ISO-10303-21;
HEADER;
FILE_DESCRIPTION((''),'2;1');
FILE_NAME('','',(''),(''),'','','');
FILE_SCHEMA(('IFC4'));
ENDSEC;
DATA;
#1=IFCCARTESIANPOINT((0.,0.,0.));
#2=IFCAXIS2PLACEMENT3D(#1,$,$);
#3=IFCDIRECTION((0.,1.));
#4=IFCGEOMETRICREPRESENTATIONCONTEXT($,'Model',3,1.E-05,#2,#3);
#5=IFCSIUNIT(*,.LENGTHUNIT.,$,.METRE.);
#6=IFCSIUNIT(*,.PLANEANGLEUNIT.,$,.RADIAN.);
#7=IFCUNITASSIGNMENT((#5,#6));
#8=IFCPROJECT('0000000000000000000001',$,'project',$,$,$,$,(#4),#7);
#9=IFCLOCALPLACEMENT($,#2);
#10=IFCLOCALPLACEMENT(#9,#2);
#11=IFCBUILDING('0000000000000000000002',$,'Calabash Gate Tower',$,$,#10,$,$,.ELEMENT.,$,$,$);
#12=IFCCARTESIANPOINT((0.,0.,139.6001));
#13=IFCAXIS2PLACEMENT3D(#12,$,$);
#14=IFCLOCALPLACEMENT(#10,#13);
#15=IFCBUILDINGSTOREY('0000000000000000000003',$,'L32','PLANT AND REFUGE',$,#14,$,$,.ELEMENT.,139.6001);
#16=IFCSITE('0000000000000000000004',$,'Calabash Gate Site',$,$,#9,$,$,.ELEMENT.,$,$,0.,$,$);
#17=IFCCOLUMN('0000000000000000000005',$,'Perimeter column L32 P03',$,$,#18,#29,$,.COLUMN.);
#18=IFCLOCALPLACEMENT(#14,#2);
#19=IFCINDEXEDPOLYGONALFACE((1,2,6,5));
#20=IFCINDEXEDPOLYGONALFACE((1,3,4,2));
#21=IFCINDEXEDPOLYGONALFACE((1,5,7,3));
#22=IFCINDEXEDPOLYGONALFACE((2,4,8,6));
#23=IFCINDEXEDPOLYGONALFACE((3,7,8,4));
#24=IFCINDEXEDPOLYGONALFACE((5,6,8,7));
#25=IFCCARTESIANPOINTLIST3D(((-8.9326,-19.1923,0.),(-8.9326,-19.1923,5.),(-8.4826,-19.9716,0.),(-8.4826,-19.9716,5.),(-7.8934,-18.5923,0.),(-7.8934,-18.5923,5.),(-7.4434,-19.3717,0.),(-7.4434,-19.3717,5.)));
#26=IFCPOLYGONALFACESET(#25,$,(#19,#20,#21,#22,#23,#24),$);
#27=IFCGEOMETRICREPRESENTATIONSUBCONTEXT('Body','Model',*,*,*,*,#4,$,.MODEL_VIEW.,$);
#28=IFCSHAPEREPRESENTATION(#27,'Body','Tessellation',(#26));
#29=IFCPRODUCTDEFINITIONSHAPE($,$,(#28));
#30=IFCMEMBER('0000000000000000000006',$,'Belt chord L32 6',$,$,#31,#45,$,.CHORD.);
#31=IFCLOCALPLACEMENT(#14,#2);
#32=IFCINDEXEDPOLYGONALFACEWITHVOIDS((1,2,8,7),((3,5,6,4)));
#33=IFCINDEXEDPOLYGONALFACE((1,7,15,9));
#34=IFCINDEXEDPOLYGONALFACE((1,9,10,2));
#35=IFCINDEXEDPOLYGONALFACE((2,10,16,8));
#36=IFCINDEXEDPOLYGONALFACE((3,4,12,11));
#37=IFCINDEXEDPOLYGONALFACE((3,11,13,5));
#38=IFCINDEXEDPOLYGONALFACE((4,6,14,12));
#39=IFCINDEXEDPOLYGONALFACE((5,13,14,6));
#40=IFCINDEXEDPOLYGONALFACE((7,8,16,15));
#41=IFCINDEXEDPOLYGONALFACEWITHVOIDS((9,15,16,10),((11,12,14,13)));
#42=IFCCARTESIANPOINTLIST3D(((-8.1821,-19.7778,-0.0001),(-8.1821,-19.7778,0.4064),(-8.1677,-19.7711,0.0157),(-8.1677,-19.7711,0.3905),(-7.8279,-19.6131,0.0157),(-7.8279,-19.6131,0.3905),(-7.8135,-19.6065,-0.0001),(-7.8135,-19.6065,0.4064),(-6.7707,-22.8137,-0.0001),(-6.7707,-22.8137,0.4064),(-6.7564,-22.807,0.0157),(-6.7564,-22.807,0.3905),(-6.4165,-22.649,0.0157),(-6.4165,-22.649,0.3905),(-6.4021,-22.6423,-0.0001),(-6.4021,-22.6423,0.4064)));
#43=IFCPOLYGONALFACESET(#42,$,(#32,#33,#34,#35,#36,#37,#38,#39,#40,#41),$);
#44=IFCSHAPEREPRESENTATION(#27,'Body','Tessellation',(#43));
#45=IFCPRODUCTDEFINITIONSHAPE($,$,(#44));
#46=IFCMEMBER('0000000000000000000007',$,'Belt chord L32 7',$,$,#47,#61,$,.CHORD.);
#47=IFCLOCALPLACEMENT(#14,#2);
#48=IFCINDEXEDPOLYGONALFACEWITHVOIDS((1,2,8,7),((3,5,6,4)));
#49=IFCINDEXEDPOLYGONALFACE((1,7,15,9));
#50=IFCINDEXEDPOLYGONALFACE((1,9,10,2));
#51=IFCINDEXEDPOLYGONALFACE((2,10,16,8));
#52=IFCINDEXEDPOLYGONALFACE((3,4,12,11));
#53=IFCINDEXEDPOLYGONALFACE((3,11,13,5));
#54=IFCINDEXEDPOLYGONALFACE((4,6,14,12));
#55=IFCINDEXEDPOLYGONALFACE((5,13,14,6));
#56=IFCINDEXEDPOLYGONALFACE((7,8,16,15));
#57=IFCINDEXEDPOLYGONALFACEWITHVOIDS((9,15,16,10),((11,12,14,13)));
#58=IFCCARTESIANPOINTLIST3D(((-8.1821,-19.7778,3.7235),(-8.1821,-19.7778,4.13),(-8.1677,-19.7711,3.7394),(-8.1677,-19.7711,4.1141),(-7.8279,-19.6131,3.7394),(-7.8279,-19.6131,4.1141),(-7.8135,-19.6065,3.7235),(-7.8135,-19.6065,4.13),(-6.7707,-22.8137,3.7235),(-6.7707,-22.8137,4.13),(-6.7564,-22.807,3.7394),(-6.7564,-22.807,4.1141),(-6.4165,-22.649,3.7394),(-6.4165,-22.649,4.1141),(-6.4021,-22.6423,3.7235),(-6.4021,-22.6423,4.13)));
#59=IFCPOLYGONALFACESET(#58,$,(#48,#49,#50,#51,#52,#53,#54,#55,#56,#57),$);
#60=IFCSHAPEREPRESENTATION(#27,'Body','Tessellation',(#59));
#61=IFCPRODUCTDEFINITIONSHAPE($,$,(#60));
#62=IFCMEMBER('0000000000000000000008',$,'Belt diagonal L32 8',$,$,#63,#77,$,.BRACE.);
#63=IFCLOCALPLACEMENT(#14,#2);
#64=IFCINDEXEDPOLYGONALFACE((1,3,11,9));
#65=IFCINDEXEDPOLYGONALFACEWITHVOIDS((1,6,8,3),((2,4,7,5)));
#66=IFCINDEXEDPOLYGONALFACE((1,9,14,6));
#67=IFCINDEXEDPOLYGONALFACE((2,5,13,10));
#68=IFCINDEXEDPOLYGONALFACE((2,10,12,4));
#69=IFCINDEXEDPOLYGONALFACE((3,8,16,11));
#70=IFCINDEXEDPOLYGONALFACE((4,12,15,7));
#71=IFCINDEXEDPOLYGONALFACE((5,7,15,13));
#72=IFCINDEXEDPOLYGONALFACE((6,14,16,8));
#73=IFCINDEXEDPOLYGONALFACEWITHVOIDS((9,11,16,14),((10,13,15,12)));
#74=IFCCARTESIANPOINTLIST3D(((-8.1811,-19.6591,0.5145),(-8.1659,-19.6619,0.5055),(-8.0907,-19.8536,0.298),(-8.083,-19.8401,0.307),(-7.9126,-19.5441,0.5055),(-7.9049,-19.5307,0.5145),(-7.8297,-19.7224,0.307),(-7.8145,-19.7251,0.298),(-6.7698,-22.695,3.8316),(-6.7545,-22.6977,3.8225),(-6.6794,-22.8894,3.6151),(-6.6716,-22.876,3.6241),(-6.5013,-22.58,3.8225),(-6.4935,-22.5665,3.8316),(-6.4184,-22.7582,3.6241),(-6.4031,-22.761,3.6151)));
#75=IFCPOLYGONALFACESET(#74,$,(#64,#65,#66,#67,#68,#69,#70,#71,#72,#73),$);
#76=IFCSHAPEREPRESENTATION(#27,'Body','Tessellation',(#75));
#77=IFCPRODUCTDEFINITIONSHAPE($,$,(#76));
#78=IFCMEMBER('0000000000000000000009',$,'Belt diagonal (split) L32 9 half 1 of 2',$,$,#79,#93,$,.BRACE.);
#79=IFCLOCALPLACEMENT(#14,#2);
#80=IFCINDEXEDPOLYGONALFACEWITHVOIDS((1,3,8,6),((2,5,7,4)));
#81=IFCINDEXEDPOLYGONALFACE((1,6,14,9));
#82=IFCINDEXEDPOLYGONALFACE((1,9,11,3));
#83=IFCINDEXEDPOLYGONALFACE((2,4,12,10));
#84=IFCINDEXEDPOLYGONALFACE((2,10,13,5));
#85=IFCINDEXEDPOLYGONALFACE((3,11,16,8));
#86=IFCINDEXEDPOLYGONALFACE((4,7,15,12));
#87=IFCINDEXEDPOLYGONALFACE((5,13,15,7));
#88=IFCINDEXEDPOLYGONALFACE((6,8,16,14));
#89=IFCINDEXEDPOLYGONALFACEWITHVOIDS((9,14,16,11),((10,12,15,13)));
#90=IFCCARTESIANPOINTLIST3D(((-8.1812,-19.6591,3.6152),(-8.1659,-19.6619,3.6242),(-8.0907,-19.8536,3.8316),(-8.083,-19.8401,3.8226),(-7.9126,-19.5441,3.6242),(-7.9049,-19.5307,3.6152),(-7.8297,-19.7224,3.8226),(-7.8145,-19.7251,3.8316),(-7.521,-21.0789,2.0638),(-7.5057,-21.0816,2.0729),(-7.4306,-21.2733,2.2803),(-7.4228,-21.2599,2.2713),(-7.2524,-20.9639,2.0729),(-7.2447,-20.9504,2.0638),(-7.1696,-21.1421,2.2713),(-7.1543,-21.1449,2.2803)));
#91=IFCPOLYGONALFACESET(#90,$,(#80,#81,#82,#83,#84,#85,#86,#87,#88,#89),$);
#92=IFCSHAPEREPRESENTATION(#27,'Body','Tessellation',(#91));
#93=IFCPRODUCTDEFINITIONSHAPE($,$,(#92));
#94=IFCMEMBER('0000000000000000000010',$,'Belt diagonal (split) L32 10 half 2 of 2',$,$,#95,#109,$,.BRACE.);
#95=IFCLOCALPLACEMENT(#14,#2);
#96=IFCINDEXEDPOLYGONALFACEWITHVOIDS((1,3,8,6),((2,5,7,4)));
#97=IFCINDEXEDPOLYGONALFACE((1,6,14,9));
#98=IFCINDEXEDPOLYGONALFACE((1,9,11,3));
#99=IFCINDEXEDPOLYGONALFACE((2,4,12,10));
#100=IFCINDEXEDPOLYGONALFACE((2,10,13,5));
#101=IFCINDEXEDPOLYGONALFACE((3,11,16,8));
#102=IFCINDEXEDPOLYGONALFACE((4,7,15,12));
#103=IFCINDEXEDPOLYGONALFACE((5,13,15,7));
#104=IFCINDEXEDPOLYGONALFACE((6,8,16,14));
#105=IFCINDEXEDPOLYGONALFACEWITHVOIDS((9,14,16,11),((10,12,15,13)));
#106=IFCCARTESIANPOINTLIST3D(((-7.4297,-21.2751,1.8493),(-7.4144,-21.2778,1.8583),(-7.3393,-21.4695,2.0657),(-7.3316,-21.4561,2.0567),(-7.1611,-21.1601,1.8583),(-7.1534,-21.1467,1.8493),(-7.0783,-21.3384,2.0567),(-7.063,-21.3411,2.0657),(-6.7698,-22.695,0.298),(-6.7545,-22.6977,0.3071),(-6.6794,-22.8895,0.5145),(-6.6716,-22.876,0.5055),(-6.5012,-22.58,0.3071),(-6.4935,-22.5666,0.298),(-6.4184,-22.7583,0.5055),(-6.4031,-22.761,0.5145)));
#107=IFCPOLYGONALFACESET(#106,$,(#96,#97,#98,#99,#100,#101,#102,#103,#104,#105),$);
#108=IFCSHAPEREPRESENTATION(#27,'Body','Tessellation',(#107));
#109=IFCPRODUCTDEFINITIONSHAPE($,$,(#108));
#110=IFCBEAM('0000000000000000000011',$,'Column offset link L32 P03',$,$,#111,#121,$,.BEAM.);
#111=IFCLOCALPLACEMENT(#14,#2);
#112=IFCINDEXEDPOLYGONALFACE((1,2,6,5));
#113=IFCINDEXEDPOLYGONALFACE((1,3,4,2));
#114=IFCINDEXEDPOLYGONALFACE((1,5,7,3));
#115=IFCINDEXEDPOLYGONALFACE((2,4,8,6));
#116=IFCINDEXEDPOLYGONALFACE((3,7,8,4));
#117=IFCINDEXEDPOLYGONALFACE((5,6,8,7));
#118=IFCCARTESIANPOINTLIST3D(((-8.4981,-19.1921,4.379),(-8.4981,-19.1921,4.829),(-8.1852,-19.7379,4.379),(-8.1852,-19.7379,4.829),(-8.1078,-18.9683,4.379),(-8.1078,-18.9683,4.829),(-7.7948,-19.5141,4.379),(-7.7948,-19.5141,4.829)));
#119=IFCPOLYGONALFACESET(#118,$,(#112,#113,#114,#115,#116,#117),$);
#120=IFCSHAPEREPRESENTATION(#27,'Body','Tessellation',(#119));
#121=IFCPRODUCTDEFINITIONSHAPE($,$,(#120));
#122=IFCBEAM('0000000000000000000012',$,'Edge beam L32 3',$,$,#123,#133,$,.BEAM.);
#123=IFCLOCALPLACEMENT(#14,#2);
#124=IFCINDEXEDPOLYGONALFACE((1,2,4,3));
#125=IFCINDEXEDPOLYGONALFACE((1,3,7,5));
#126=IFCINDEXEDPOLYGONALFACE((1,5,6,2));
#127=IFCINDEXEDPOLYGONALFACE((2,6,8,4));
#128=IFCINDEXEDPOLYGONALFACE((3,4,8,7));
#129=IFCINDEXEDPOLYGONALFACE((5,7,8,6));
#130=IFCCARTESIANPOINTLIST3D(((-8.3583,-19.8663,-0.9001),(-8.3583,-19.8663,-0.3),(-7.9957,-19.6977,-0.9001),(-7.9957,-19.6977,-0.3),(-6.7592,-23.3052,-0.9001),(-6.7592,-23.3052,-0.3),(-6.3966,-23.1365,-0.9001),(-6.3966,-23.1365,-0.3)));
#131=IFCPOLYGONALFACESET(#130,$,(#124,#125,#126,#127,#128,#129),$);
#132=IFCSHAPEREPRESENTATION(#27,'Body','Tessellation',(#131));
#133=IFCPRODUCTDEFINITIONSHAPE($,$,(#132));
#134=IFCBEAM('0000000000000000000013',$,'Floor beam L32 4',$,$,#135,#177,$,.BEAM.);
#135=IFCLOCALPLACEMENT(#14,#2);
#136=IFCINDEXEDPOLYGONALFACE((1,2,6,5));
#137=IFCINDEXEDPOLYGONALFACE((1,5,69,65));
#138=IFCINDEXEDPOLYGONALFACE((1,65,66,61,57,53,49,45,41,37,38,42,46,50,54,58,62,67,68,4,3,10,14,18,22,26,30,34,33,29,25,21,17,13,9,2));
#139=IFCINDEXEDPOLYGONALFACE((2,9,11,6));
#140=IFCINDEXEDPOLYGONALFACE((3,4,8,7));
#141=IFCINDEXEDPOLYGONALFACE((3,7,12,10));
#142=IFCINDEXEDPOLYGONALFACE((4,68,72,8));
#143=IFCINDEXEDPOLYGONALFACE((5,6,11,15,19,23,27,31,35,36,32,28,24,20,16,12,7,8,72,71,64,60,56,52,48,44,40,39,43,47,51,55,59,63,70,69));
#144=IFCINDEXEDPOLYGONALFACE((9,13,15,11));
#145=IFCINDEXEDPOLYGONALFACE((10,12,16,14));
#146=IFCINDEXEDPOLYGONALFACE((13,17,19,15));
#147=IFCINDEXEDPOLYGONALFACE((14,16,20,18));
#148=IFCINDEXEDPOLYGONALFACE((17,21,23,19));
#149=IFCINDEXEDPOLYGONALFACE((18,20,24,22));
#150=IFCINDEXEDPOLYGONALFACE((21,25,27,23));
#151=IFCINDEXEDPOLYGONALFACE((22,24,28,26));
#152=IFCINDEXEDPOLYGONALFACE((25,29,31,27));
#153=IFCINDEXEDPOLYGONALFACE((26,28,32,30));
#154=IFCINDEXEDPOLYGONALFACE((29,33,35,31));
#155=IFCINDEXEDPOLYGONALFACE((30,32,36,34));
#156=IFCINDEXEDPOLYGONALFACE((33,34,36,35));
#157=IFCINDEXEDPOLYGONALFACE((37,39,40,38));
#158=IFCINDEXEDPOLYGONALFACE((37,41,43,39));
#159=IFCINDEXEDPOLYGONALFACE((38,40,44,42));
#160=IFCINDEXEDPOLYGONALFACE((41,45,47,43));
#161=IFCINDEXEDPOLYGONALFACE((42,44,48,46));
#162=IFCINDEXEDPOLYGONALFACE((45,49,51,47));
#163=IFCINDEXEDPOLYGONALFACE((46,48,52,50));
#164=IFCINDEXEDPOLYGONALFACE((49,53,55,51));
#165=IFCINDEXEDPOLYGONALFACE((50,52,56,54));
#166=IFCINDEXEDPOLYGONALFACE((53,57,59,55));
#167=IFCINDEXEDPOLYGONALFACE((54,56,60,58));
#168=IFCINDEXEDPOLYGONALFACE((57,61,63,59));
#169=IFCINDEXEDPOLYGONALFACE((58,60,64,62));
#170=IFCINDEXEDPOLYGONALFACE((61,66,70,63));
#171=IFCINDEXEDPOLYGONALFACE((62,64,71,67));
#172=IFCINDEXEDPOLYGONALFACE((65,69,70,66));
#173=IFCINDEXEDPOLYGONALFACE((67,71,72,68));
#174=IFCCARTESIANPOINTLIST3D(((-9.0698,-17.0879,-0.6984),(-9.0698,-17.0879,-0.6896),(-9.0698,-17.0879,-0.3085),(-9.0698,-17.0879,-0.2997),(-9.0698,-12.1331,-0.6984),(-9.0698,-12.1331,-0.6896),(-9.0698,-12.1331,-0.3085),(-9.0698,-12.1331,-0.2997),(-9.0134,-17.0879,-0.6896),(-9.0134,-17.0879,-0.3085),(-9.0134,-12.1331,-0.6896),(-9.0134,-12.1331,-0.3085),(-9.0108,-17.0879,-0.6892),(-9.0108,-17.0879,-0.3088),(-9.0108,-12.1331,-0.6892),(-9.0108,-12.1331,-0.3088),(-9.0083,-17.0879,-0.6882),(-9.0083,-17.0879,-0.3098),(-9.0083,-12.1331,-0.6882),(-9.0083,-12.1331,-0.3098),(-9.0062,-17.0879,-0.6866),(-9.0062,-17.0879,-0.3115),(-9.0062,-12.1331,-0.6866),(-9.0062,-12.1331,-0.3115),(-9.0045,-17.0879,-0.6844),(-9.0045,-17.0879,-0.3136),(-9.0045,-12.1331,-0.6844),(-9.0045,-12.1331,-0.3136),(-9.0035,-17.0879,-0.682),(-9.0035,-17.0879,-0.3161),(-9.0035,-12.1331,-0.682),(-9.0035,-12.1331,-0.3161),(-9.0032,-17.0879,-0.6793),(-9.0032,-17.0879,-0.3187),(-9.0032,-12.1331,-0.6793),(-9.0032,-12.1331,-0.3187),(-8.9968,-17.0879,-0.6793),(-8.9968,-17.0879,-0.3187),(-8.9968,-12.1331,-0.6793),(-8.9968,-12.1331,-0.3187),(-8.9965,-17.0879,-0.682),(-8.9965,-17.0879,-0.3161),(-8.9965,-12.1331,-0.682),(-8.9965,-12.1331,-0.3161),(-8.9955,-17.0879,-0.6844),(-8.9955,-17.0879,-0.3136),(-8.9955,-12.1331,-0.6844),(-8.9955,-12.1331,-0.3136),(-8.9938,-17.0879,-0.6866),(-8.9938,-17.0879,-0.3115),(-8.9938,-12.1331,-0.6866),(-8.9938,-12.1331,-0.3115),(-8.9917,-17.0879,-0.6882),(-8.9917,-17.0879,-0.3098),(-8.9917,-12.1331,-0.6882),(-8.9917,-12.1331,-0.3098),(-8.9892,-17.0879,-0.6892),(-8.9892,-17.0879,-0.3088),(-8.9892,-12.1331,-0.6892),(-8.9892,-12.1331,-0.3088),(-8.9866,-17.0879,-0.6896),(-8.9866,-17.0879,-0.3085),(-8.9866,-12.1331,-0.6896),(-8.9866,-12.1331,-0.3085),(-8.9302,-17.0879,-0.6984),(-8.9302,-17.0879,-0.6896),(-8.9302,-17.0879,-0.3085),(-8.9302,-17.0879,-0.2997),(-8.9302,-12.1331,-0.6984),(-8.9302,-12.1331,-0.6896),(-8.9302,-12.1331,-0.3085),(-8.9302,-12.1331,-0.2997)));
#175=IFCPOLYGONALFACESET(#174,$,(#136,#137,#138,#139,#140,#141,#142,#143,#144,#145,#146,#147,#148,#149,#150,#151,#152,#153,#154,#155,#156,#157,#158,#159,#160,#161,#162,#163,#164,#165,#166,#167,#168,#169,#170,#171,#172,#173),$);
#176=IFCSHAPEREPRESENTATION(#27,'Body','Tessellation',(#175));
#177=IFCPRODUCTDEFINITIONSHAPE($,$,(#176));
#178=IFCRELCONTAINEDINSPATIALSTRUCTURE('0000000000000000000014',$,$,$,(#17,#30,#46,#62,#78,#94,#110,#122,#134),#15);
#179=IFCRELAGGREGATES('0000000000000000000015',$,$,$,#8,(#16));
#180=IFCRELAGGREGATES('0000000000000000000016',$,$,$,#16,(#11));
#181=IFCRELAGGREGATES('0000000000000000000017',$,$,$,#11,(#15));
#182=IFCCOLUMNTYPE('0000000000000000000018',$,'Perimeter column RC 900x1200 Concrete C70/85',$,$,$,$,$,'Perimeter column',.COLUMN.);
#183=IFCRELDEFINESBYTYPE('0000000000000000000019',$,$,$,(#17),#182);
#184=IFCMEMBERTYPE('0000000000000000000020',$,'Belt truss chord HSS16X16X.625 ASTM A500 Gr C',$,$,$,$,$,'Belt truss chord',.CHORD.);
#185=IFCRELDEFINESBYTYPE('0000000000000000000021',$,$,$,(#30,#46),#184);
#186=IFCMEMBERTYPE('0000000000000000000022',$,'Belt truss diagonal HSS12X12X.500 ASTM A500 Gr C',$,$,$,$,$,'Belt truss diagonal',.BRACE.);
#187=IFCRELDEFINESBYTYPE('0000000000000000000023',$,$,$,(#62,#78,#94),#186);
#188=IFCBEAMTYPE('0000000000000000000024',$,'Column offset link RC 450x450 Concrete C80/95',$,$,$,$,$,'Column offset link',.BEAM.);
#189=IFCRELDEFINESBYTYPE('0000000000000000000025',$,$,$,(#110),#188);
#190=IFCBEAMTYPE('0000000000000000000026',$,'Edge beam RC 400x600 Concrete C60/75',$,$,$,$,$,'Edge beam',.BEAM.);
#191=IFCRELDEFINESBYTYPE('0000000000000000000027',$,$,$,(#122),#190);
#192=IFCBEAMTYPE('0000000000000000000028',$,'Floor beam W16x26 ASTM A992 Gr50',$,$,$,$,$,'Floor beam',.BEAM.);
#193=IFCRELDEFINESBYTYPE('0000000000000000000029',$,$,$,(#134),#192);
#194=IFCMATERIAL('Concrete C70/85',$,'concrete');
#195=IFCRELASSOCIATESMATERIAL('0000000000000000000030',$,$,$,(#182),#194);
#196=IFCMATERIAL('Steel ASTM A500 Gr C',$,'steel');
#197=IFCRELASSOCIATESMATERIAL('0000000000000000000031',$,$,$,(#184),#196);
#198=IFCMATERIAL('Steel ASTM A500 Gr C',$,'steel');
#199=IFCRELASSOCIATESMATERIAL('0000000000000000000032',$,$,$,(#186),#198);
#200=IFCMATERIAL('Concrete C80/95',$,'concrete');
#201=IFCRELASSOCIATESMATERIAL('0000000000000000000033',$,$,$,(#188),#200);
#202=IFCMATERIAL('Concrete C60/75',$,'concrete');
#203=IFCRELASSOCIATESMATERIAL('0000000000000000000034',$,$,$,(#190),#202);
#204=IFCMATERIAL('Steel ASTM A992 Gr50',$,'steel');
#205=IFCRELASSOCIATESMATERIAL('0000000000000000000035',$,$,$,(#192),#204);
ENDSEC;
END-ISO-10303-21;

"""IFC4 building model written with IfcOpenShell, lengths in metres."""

from ifc_helpers import new_model, si_unit, direction, frame, origin, origin_2d, place, context, subcontext, project, spatial, rectangle, hollow_rectangle, i_section, extrude, material, material_profile, profile_set, type_object, element, save


model = new_model("IFC4")

# Units and contexts
model_context = context("Model", 3, precision=1e-05, world=origin(), true_north=direction((0.0, 1.0)))
body_context = subcontext(model_context, "Body", "Model", "MODEL_VIEW")
ifc_project = project(units=[si_unit("LENGTHUNIT", "METRE"), si_unit("PLANEANGLEUNIT", "RADIAN")], contexts=[model_context])

# Site, building, storey
site_placement = place(None, origin())
site = spatial("IfcSite", under=ifc_project, at=site_placement, Name="Calabash Gate Site", CompositionType="ELEMENT", RefElevation=0.0)
building_placement = place(site_placement, origin())
building = spatial("IfcBuilding", under=site, at=building_placement, Name="Calabash Gate Tower", CompositionType="ELEMENT")
storey_placement = place(building_placement, frame((0.0, 0.0, 139.6001)))
storey = spatial("IfcBuildingStorey", under=building, at=storey_placement, Name="L32", Description="PLANT AND REFUGE", CompositionType="ELEMENT", Elevation=139.6001)

# Column
ifc_material_1 = material(Name="Concrete C70/85", Category="concrete")
ifc_material_profile_1 = material_profile(ifc_material_1, rectangle(XDim=0.8999, YDim=1.2, at=origin_2d()))
ifc_profile_set_1 = profile_set([ifc_material_profile_1], Name="Concrete C70/85")
column_type = type_object("IfcColumnType", Name="Perimeter column RC 900x1200 Concrete C70/85", ElementType="Perimeter column", PredefinedType="COLUMN", material=ifc_profile_set_1)
column_placement = place(storey_placement, frame((-8.188, -19.282, 0.0), z_axis=(0.0, 0.0, 1.0), x_axis=(0.5, -0.866025, 0.0)))
element("IfcColumn", 1, at=column_placement, inside=storey, type_object=column_type, Name="Perimeter column L32 P03", PredefinedType="COLUMN", context=body_context, shape_type="SweptSolid", body=[
    extrude(rectangle(XDim=0.8999, YDim=1.2, at=origin_2d()), origin(), (0.0, 0.0, 1.0), 5.0),
])

# Members
ifc_material_2 = material(Name="Steel ASTM A500 Gr C", Category="steel")
ifc_material_profile_2 = material_profile(ifc_material_2, hollow_rectangle(XDim=0.4065, YDim=0.4065, WallThickness=0.0159, at=origin_2d()))
ifc_profile_set_2 = profile_set([ifc_material_profile_2], Name="Steel ASTM A500 Gr C")
member_type_1 = type_object("IfcMemberType", Name="Belt truss chord HSS16X16X.625 ASTM A500 Gr C", ElementType="Belt truss chord", PredefinedType="CHORD", material=ifc_profile_set_2)
for number, where, z_axis, x_axis, name in (
    (2, (-7.9978, -19.6921, 0.2031), (0.421568, -0.906797, 0.0), (0.906797, 0.421568, 0.0), "Belt chord L32 6"),
    (3, (-7.9978, -19.6921, 3.9268), (0.421568, -0.906797, 0.0), (0.906797, 0.421568, 0.0), "Belt chord L32 7"),
):
    element("IfcMember", number, at=place(storey_placement, frame(where, z_axis=z_axis, x_axis=x_axis)), inside=storey, type_object=member_type_1, Name=name, PredefinedType="CHORD", context=body_context, shape_type="SweptSolid", body=[
        extrude(hollow_rectangle(XDim=0.4065, YDim=0.4065, WallThickness=0.0159, at=origin_2d()), origin(), (0.0, 0.0, 1.0), 3.3479),
    ])
ifc_material_3 = material(Name="Steel ASTM A500 Gr C", Category="steel")
ifc_material_profile_3 = material_profile(ifc_material_3, hollow_rectangle(XDim=0.3047, YDim=0.3047, WallThickness=0.0127, at=origin_2d()))
ifc_profile_set_3 = profile_set([ifc_material_profile_3], Name="Steel ASTM A500 Gr C")
member_type_2 = type_object("IfcMemberType", Name="Belt truss diagonal HSS12X12X.500 ASTM A500 Gr C", ElementType="Belt truss diagonal", PredefinedType="BRACE", material=ifc_profile_set_3)
member_placement = place(storey_placement, frame((-7.9978, -19.6921, 0.4062), z_axis=(0.299467, -0.644157, 0.703833), x_axis=(0.906797, 0.421568, 0.0)))
element("IfcMember", 4, at=member_placement, inside=storey, type_object=member_type_2, Name="Belt diagonal L32 8", PredefinedType="BRACE", context=body_context, shape_type="SweptSolid", body=[
    extrude(hollow_rectangle(XDim=0.3047, YDim=0.3047, WallThickness=0.0127, at=origin_2d()), origin(), (0.0, 0.0, 1.0), 4.7129),
])
for number, where, z_axis, x_axis, name in (
    (5, (-7.9978, -19.6921, 3.7234), (0.299523, -0.644129, -0.703835), (0.90676, 0.421647, 0.0), "Belt diagonal (split) L32 9 half 1 of 2"),
    (6, (-7.2463, -21.3081, 1.9575), (0.299401, -0.644216, -0.703808), (0.906847, 0.421459, 0.0), "Belt diagonal (split) L32 10 half 2 of 2"),
):
    element("IfcMember", number, at=place(storey_placement, frame(where, z_axis=z_axis, x_axis=x_axis)), inside=storey, type_object=member_type_2, Name=name, PredefinedType="BRACE", context=body_context, shape_type="SweptSolid", body=[
        extrude(hollow_rectangle(XDim=0.3047, YDim=0.3047, WallThickness=0.0127, at=origin_2d()), origin(), (0.0, 0.0, 1.0), 2.2041),
    ])

# Beams
ifc_material_4 = material(Name="Concrete C80/95", Category="concrete")
ifc_material_profile_4 = material_profile(ifc_material_4, rectangle(XDim=0.45, YDim=0.45, at=origin_2d()))
ifc_profile_set_4 = profile_set([ifc_material_profile_4], Name="Concrete C80/95")
beam_type_1 = type_object("IfcBeamType", Name="Column offset link RC 450x450 Concrete C80/95", ElementType="Column offset link", PredefinedType="BEAM", material=ifc_profile_set_4)
beam_1_placement = place(storey_placement, frame((-7.99, -19.626, 4.604), z_axis=(-0.497392, 0.867526, 0.0), x_axis=(-0.867526, -0.497392, 0.0)))
element("IfcBeam", 7, at=beam_1_placement, inside=storey, type_object=beam_type_1, Name="Column offset link L32 P03", PredefinedType="BEAM", context=body_context, shape_type="SweptSolid", body=[
    extrude(rectangle(XDim=0.45, YDim=0.45, at=origin_2d()), origin(), (0.0, 0.0, 1.0), 0.6292),
])
ifc_material_5 = material(Name="Concrete C60/75", Category="concrete")
ifc_material_profile_5 = material_profile(ifc_material_5, rectangle(XDim=0.3999, YDim=0.6001, at=origin_2d()))
ifc_profile_set_5 = profile_set([ifc_material_profile_5], Name="Concrete C60/75")
beam_type_2 = type_object("IfcBeamType", Name="Edge beam RC 400x600 Concrete C60/75", ElementType="Edge beam", PredefinedType="BEAM", material=ifc_profile_set_5)
beam_2_placement = place(storey_placement, frame((-8.177, -19.782, -0.6001), z_axis=(0.421645, -0.906761, 0.0), x_axis=(0.906761, 0.421645, 0.0)))
element("IfcBeam", 8, at=beam_2_placement, inside=storey, type_object=beam_type_2, Name="Edge beam L32 3", PredefinedType="BEAM", context=body_context, shape_type="SweptSolid", body=[
    extrude(rectangle(XDim=0.3999, YDim=0.6001, at=origin_2d()), origin(), (0.0, 0.0, 1.0), 3.7925),
])
ifc_material_6 = material(Name="Steel ASTM A992 Gr50", Category="steel")
ifc_material_profile_6 = material_profile(ifc_material_6, i_section(OverallWidth=0.1396, OverallDepth=0.3987, WebThickness=0.0063, FlangeThickness=0.0088, FilletRadius=0.0103, at=origin_2d()))
ifc_profile_set_6 = profile_set([ifc_material_profile_6], Name="Steel ASTM A992 Gr50")
beam_type_3 = type_object("IfcBeamType", Name="Floor beam W16x26 ASTM A992 Gr50", ElementType="Floor beam", PredefinedType="BEAM", material=ifc_profile_set_6)
beam_3_placement = place(storey_placement, frame((-9.0, -17.0879, -0.499), z_axis=(0.0, 1.0, 0.0), x_axis=(-1.0, 0.0, 0.0)))
element("IfcBeam", 9, at=beam_3_placement, inside=storey, type_object=beam_type_3, Name="Floor beam L32 4", PredefinedType="BEAM", context=body_context, shape_type="SweptSolid", body=[
    extrude(i_section(OverallWidth=0.1396, OverallDepth=0.3987, WebThickness=0.0063, FlangeThickness=0.0088, FilletRadius=0.0103, at=origin_2d()), origin(), (0.0, 0.0, 1.0), 4.9548),
])

save(model, "model.ifc")
